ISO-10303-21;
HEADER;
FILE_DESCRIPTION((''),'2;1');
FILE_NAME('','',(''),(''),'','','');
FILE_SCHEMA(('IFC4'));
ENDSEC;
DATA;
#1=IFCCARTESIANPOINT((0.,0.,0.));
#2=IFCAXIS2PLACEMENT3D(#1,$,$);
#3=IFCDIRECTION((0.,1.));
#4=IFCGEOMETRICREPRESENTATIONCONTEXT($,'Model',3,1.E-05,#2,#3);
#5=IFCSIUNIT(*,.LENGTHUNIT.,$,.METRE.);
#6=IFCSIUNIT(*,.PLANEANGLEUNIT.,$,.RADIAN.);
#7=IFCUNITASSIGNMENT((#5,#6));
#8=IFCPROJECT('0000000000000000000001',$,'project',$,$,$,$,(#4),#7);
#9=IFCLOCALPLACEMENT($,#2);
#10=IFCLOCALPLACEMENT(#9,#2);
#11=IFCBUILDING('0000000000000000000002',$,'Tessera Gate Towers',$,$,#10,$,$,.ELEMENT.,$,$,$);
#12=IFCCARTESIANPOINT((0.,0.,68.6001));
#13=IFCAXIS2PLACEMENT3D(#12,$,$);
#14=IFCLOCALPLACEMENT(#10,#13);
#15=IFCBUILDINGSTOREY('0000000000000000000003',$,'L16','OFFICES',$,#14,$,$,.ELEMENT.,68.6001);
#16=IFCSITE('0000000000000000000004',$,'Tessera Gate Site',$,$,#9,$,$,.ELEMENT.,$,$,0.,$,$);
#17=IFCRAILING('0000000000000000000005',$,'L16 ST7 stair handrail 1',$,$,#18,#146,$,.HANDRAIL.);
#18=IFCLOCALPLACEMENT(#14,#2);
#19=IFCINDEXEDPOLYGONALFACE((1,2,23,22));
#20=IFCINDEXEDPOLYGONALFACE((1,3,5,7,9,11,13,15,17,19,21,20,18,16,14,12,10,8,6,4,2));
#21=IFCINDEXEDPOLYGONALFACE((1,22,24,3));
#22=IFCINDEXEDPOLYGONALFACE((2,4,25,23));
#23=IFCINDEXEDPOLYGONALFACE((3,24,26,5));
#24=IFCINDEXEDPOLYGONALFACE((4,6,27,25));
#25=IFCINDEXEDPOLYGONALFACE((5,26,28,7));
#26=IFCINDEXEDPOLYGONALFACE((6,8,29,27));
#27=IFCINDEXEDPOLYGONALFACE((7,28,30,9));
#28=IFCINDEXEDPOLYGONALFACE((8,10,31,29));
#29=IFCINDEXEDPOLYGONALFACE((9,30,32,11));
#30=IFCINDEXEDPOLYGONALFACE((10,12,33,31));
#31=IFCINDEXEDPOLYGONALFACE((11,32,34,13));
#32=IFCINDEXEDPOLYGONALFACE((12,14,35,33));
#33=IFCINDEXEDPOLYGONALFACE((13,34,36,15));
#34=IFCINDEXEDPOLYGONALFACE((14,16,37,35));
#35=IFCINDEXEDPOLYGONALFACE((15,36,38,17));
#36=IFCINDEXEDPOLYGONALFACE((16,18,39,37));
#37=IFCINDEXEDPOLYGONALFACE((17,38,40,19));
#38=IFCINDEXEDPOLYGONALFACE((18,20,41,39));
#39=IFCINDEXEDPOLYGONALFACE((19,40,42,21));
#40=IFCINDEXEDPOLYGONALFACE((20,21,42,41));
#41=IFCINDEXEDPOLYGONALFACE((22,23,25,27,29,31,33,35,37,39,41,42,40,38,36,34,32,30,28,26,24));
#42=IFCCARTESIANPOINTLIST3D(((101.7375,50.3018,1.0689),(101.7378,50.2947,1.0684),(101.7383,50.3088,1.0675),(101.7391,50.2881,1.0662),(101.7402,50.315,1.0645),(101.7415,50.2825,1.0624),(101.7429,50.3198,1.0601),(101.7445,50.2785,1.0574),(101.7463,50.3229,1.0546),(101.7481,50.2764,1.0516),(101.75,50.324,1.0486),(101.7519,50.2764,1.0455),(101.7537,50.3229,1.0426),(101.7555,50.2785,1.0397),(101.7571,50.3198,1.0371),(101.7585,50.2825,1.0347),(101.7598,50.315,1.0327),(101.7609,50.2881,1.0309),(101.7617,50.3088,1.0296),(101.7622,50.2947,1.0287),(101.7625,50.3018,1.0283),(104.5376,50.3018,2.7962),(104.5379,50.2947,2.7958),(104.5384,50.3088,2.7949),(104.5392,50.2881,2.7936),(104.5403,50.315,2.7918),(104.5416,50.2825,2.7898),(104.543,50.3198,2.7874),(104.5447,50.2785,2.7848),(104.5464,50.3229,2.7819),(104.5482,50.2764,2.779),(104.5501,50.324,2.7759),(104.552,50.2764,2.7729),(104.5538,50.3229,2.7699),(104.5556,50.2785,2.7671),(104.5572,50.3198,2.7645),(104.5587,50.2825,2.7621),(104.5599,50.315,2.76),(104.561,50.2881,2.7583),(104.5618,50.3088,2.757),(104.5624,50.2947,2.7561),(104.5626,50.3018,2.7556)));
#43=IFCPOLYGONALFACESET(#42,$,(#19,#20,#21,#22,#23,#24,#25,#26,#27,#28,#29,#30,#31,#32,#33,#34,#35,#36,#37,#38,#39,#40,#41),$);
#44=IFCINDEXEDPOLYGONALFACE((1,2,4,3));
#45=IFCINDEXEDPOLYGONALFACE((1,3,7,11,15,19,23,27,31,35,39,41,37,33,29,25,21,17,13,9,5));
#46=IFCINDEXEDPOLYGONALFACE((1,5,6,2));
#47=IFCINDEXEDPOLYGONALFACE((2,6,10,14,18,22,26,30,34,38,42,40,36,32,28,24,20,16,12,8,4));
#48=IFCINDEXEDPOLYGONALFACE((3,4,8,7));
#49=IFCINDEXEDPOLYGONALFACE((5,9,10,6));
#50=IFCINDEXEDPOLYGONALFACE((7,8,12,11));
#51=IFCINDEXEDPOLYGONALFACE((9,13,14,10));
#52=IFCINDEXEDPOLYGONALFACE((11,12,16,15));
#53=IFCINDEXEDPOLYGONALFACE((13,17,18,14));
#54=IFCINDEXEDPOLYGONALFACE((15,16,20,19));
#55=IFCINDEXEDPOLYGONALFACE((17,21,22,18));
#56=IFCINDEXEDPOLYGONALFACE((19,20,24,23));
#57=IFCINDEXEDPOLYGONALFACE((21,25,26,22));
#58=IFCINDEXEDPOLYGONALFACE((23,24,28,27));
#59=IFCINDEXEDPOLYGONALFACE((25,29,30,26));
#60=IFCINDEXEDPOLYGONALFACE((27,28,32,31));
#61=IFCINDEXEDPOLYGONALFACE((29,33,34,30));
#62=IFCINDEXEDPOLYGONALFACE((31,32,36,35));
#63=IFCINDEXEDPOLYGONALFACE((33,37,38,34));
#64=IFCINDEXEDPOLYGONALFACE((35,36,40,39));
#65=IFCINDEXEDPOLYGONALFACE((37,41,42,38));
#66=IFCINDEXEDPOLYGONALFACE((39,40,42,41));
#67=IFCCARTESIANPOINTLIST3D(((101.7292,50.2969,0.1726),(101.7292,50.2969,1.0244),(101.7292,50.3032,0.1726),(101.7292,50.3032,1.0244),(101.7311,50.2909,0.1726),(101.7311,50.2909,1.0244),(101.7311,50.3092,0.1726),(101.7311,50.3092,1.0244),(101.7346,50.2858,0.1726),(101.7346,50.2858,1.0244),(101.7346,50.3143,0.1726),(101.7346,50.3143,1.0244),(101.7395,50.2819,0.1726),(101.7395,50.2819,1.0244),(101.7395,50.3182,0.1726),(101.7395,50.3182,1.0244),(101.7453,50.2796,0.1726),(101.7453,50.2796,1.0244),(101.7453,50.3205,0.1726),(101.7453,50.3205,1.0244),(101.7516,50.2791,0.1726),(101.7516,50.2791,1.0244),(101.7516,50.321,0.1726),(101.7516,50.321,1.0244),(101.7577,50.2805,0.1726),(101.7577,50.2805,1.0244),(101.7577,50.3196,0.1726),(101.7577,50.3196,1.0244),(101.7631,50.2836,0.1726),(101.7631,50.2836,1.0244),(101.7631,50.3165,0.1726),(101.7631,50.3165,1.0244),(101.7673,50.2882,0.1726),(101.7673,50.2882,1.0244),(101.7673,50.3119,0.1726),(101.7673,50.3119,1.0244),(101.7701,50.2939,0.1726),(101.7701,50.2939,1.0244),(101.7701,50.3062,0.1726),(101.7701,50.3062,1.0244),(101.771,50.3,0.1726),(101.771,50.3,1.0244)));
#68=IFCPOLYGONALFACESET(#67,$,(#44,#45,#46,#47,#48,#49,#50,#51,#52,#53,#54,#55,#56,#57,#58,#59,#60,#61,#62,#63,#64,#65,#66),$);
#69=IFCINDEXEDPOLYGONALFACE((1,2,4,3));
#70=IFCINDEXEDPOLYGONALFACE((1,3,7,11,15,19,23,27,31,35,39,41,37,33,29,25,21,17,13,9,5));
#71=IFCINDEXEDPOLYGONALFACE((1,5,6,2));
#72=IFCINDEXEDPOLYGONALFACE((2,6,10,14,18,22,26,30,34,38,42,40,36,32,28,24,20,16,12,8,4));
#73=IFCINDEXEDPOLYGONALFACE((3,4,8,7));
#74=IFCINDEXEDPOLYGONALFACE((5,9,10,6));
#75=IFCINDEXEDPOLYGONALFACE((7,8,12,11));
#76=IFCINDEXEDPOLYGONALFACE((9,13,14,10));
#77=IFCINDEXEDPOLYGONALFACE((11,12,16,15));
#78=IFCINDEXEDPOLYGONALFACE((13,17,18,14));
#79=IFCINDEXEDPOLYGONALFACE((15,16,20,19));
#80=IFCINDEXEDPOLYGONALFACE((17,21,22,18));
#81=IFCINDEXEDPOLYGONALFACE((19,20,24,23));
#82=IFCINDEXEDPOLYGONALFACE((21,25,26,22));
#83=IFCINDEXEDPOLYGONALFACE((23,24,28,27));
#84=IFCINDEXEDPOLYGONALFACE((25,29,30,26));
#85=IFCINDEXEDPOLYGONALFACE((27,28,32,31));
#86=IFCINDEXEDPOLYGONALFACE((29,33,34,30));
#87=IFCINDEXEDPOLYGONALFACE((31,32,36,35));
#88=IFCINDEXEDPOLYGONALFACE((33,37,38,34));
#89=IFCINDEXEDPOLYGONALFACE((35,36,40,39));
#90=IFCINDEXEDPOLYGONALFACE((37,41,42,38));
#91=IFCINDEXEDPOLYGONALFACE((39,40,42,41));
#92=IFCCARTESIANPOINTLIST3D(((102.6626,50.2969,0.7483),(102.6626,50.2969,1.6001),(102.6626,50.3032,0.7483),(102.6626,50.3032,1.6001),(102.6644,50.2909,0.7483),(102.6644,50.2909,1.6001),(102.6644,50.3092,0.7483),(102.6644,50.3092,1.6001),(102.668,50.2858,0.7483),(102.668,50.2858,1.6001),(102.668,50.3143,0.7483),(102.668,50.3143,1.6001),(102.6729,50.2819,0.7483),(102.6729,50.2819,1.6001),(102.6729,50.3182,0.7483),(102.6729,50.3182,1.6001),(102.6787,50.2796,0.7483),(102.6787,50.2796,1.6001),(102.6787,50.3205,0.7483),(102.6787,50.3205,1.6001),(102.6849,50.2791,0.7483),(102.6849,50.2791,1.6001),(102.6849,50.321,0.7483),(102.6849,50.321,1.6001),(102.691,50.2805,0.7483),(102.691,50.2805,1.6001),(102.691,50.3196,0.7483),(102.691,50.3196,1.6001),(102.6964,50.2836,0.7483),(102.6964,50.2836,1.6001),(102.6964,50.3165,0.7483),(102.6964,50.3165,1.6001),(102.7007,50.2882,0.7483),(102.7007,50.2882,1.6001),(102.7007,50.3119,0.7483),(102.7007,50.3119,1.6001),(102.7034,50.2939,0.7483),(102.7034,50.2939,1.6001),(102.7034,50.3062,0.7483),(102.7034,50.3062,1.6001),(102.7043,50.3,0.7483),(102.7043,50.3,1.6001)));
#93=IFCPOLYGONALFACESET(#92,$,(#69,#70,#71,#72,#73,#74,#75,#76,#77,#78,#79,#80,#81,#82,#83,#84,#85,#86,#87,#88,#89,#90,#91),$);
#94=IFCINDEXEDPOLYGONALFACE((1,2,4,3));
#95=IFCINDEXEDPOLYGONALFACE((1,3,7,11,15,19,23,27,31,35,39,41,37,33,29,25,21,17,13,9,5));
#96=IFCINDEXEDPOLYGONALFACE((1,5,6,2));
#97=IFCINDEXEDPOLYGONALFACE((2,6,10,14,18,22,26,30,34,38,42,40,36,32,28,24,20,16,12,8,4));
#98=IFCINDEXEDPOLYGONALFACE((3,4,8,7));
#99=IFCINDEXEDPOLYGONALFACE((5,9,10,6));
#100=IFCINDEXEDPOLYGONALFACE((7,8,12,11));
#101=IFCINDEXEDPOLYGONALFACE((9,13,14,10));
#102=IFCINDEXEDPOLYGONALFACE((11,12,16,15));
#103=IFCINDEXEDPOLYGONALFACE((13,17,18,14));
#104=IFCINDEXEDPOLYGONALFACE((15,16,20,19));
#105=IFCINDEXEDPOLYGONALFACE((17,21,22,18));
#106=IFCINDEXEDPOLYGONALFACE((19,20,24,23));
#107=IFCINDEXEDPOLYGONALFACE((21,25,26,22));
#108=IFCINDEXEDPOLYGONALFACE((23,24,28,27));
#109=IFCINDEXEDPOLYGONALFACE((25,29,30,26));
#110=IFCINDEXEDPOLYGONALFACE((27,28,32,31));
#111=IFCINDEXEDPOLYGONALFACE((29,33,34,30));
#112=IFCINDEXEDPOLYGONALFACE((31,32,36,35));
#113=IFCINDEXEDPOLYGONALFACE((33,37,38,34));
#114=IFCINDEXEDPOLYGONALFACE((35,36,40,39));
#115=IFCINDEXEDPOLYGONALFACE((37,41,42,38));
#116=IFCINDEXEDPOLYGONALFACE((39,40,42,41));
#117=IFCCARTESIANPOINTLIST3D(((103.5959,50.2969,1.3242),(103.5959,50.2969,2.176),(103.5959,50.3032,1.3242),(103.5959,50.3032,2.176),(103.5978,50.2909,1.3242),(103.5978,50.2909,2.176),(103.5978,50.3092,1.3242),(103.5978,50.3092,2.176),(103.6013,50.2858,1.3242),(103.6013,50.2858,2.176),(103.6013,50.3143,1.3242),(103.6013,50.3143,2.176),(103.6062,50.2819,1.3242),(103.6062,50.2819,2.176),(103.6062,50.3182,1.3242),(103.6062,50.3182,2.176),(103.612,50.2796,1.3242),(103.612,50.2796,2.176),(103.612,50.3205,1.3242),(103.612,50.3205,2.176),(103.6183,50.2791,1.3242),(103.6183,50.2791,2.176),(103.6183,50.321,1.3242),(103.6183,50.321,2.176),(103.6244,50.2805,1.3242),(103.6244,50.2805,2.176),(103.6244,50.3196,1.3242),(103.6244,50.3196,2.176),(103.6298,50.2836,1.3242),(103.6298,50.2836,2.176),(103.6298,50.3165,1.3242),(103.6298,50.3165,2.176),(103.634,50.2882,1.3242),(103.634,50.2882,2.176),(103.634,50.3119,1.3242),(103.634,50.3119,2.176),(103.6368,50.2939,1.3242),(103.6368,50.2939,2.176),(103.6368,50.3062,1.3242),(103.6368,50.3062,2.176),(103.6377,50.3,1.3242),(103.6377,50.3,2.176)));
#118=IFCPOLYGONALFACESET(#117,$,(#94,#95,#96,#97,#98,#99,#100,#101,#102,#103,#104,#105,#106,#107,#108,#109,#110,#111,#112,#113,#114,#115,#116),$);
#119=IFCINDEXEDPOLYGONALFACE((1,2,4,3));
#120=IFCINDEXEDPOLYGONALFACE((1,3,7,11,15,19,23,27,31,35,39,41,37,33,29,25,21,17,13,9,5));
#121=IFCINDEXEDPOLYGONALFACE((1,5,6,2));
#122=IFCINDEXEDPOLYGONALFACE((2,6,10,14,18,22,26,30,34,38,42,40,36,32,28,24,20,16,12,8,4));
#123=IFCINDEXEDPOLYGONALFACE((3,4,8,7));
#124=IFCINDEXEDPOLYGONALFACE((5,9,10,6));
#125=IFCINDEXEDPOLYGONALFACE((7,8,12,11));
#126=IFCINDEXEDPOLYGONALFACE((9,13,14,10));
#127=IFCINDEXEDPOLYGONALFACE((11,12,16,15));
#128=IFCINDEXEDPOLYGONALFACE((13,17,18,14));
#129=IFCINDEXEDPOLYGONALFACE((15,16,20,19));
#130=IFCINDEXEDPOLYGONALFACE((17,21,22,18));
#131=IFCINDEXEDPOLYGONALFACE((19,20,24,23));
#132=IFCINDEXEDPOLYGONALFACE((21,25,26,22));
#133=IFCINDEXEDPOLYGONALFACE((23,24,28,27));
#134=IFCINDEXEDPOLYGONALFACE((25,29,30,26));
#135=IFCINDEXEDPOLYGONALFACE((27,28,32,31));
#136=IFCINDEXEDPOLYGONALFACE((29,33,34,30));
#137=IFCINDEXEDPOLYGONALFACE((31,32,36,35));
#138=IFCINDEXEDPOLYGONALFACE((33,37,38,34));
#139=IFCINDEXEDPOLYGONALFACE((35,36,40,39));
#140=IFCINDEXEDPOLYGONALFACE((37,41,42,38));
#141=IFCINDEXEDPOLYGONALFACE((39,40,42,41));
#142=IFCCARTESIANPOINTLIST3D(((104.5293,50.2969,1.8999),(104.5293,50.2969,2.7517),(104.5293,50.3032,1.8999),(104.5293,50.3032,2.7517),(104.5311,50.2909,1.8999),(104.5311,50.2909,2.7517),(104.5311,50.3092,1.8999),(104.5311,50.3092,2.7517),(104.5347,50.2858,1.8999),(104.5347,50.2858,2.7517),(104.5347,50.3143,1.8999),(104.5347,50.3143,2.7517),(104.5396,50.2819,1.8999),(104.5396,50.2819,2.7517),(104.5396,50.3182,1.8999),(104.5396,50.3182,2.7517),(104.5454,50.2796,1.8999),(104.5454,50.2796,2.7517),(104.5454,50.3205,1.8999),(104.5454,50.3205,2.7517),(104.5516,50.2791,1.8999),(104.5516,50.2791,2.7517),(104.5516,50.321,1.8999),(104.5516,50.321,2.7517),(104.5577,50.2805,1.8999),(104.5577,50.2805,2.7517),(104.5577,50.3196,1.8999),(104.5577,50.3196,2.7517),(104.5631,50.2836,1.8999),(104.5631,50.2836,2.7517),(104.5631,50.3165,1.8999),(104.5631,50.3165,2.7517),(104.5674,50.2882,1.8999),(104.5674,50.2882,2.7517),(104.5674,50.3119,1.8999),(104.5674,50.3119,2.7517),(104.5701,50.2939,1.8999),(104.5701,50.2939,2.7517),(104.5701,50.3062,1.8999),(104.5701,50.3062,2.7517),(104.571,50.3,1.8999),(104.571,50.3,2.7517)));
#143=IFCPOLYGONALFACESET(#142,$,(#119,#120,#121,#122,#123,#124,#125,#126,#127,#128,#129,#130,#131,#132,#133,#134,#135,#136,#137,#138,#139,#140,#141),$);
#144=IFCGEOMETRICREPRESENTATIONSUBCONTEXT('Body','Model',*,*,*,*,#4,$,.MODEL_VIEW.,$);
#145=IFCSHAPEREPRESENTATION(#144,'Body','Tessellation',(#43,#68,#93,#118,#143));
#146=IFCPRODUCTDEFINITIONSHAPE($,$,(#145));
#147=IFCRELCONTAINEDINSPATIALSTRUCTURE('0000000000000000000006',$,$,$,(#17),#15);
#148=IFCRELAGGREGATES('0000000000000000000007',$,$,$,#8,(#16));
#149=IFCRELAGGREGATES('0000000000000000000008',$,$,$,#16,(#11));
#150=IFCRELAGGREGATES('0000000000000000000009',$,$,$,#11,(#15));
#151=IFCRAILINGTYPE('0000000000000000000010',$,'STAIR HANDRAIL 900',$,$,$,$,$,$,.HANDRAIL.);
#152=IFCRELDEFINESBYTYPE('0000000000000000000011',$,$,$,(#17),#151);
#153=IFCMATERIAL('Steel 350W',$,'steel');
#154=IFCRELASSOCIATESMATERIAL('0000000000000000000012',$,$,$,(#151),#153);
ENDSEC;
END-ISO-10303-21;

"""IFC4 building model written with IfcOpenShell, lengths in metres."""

from ifc_helpers import new_model, si_unit, direction, frame, origin, origin_2d, place, context, subcontext, project, spatial, circle, extrude, material, type_object, element, save


model = new_model("IFC4")

# Units and contexts
model_context = context("Model", 3, precision=1e-05, world=origin(), true_north=direction((0.0, 1.0)))
body_context = subcontext(model_context, "Body", "Model", "MODEL_VIEW")
ifc_project = project(units=[si_unit("LENGTHUNIT", "METRE"), si_unit("PLANEANGLEUNIT", "RADIAN")], contexts=[model_context])

# Site, building, storey
site_placement = place(None, origin())
site = spatial("IfcSite", under=ifc_project, at=site_placement, Name="Tessera Gate Site", CompositionType="ELEMENT", RefElevation=0.0)
building_placement = place(site_placement, origin())
building = spatial("IfcBuilding", under=site, at=building_placement, Name="Tessera Gate Towers", CompositionType="ELEMENT")
storey_placement = place(building_placement, frame((0.0, 0.0, 68.6001)))
storey = spatial("IfcBuildingStorey", under=building, at=storey_placement, Name="L16", Description="OFFICES", CompositionType="ELEMENT", Elevation=68.6001)

# Railing
ifc_material_1 = material(Name="Steel 350W", Category="steel")
railing_type_1 = type_object("IfcRailingType", Name="STAIR HANDRAIL 900", PredefinedType="HANDRAIL", material=ifc_material_1)
railing_1_placement = place(storey_placement, frame((101.75, 50.3, 0.1726)))
element("IfcRailing", 1, at=railing_1_placement, inside=storey, type_object=railing_type_1, Name="L16 ST7 stair handrail 1", PredefinedType="HANDRAIL", context=body_context, shape_type="SweptSolid", body=[
    extrude(circle(Radius=0.0239, at=origin_2d()), frame((0.0, 0.0, 0.876), z_axis=(0.85109, 0.0, 0.52502), x_axis=(0.0, 1.0, 0.0)), (0.0, 0.0, 1.0), 3.29),
    extrude(circle(Radius=0.021, at=origin_2d()), origin(), (0.0, 0.0, 1.0), 0.8518),
    extrude(circle(Radius=0.021, at=origin_2d()), frame((0.9333, 0.0, 0.5757)), (0.0, 0.0, 1.0), 0.8518),
    extrude(circle(Radius=0.021, at=origin_2d()), frame((1.8667, 0.0, 1.1516)), (0.0, 0.0, 1.0), 0.8518),
    extrude(circle(Radius=0.021, at=origin_2d()), frame((2.8, 0.0, 1.7273)), (0.0, 0.0, 1.0), 0.8518),
])

save(model, "model.ifc")
